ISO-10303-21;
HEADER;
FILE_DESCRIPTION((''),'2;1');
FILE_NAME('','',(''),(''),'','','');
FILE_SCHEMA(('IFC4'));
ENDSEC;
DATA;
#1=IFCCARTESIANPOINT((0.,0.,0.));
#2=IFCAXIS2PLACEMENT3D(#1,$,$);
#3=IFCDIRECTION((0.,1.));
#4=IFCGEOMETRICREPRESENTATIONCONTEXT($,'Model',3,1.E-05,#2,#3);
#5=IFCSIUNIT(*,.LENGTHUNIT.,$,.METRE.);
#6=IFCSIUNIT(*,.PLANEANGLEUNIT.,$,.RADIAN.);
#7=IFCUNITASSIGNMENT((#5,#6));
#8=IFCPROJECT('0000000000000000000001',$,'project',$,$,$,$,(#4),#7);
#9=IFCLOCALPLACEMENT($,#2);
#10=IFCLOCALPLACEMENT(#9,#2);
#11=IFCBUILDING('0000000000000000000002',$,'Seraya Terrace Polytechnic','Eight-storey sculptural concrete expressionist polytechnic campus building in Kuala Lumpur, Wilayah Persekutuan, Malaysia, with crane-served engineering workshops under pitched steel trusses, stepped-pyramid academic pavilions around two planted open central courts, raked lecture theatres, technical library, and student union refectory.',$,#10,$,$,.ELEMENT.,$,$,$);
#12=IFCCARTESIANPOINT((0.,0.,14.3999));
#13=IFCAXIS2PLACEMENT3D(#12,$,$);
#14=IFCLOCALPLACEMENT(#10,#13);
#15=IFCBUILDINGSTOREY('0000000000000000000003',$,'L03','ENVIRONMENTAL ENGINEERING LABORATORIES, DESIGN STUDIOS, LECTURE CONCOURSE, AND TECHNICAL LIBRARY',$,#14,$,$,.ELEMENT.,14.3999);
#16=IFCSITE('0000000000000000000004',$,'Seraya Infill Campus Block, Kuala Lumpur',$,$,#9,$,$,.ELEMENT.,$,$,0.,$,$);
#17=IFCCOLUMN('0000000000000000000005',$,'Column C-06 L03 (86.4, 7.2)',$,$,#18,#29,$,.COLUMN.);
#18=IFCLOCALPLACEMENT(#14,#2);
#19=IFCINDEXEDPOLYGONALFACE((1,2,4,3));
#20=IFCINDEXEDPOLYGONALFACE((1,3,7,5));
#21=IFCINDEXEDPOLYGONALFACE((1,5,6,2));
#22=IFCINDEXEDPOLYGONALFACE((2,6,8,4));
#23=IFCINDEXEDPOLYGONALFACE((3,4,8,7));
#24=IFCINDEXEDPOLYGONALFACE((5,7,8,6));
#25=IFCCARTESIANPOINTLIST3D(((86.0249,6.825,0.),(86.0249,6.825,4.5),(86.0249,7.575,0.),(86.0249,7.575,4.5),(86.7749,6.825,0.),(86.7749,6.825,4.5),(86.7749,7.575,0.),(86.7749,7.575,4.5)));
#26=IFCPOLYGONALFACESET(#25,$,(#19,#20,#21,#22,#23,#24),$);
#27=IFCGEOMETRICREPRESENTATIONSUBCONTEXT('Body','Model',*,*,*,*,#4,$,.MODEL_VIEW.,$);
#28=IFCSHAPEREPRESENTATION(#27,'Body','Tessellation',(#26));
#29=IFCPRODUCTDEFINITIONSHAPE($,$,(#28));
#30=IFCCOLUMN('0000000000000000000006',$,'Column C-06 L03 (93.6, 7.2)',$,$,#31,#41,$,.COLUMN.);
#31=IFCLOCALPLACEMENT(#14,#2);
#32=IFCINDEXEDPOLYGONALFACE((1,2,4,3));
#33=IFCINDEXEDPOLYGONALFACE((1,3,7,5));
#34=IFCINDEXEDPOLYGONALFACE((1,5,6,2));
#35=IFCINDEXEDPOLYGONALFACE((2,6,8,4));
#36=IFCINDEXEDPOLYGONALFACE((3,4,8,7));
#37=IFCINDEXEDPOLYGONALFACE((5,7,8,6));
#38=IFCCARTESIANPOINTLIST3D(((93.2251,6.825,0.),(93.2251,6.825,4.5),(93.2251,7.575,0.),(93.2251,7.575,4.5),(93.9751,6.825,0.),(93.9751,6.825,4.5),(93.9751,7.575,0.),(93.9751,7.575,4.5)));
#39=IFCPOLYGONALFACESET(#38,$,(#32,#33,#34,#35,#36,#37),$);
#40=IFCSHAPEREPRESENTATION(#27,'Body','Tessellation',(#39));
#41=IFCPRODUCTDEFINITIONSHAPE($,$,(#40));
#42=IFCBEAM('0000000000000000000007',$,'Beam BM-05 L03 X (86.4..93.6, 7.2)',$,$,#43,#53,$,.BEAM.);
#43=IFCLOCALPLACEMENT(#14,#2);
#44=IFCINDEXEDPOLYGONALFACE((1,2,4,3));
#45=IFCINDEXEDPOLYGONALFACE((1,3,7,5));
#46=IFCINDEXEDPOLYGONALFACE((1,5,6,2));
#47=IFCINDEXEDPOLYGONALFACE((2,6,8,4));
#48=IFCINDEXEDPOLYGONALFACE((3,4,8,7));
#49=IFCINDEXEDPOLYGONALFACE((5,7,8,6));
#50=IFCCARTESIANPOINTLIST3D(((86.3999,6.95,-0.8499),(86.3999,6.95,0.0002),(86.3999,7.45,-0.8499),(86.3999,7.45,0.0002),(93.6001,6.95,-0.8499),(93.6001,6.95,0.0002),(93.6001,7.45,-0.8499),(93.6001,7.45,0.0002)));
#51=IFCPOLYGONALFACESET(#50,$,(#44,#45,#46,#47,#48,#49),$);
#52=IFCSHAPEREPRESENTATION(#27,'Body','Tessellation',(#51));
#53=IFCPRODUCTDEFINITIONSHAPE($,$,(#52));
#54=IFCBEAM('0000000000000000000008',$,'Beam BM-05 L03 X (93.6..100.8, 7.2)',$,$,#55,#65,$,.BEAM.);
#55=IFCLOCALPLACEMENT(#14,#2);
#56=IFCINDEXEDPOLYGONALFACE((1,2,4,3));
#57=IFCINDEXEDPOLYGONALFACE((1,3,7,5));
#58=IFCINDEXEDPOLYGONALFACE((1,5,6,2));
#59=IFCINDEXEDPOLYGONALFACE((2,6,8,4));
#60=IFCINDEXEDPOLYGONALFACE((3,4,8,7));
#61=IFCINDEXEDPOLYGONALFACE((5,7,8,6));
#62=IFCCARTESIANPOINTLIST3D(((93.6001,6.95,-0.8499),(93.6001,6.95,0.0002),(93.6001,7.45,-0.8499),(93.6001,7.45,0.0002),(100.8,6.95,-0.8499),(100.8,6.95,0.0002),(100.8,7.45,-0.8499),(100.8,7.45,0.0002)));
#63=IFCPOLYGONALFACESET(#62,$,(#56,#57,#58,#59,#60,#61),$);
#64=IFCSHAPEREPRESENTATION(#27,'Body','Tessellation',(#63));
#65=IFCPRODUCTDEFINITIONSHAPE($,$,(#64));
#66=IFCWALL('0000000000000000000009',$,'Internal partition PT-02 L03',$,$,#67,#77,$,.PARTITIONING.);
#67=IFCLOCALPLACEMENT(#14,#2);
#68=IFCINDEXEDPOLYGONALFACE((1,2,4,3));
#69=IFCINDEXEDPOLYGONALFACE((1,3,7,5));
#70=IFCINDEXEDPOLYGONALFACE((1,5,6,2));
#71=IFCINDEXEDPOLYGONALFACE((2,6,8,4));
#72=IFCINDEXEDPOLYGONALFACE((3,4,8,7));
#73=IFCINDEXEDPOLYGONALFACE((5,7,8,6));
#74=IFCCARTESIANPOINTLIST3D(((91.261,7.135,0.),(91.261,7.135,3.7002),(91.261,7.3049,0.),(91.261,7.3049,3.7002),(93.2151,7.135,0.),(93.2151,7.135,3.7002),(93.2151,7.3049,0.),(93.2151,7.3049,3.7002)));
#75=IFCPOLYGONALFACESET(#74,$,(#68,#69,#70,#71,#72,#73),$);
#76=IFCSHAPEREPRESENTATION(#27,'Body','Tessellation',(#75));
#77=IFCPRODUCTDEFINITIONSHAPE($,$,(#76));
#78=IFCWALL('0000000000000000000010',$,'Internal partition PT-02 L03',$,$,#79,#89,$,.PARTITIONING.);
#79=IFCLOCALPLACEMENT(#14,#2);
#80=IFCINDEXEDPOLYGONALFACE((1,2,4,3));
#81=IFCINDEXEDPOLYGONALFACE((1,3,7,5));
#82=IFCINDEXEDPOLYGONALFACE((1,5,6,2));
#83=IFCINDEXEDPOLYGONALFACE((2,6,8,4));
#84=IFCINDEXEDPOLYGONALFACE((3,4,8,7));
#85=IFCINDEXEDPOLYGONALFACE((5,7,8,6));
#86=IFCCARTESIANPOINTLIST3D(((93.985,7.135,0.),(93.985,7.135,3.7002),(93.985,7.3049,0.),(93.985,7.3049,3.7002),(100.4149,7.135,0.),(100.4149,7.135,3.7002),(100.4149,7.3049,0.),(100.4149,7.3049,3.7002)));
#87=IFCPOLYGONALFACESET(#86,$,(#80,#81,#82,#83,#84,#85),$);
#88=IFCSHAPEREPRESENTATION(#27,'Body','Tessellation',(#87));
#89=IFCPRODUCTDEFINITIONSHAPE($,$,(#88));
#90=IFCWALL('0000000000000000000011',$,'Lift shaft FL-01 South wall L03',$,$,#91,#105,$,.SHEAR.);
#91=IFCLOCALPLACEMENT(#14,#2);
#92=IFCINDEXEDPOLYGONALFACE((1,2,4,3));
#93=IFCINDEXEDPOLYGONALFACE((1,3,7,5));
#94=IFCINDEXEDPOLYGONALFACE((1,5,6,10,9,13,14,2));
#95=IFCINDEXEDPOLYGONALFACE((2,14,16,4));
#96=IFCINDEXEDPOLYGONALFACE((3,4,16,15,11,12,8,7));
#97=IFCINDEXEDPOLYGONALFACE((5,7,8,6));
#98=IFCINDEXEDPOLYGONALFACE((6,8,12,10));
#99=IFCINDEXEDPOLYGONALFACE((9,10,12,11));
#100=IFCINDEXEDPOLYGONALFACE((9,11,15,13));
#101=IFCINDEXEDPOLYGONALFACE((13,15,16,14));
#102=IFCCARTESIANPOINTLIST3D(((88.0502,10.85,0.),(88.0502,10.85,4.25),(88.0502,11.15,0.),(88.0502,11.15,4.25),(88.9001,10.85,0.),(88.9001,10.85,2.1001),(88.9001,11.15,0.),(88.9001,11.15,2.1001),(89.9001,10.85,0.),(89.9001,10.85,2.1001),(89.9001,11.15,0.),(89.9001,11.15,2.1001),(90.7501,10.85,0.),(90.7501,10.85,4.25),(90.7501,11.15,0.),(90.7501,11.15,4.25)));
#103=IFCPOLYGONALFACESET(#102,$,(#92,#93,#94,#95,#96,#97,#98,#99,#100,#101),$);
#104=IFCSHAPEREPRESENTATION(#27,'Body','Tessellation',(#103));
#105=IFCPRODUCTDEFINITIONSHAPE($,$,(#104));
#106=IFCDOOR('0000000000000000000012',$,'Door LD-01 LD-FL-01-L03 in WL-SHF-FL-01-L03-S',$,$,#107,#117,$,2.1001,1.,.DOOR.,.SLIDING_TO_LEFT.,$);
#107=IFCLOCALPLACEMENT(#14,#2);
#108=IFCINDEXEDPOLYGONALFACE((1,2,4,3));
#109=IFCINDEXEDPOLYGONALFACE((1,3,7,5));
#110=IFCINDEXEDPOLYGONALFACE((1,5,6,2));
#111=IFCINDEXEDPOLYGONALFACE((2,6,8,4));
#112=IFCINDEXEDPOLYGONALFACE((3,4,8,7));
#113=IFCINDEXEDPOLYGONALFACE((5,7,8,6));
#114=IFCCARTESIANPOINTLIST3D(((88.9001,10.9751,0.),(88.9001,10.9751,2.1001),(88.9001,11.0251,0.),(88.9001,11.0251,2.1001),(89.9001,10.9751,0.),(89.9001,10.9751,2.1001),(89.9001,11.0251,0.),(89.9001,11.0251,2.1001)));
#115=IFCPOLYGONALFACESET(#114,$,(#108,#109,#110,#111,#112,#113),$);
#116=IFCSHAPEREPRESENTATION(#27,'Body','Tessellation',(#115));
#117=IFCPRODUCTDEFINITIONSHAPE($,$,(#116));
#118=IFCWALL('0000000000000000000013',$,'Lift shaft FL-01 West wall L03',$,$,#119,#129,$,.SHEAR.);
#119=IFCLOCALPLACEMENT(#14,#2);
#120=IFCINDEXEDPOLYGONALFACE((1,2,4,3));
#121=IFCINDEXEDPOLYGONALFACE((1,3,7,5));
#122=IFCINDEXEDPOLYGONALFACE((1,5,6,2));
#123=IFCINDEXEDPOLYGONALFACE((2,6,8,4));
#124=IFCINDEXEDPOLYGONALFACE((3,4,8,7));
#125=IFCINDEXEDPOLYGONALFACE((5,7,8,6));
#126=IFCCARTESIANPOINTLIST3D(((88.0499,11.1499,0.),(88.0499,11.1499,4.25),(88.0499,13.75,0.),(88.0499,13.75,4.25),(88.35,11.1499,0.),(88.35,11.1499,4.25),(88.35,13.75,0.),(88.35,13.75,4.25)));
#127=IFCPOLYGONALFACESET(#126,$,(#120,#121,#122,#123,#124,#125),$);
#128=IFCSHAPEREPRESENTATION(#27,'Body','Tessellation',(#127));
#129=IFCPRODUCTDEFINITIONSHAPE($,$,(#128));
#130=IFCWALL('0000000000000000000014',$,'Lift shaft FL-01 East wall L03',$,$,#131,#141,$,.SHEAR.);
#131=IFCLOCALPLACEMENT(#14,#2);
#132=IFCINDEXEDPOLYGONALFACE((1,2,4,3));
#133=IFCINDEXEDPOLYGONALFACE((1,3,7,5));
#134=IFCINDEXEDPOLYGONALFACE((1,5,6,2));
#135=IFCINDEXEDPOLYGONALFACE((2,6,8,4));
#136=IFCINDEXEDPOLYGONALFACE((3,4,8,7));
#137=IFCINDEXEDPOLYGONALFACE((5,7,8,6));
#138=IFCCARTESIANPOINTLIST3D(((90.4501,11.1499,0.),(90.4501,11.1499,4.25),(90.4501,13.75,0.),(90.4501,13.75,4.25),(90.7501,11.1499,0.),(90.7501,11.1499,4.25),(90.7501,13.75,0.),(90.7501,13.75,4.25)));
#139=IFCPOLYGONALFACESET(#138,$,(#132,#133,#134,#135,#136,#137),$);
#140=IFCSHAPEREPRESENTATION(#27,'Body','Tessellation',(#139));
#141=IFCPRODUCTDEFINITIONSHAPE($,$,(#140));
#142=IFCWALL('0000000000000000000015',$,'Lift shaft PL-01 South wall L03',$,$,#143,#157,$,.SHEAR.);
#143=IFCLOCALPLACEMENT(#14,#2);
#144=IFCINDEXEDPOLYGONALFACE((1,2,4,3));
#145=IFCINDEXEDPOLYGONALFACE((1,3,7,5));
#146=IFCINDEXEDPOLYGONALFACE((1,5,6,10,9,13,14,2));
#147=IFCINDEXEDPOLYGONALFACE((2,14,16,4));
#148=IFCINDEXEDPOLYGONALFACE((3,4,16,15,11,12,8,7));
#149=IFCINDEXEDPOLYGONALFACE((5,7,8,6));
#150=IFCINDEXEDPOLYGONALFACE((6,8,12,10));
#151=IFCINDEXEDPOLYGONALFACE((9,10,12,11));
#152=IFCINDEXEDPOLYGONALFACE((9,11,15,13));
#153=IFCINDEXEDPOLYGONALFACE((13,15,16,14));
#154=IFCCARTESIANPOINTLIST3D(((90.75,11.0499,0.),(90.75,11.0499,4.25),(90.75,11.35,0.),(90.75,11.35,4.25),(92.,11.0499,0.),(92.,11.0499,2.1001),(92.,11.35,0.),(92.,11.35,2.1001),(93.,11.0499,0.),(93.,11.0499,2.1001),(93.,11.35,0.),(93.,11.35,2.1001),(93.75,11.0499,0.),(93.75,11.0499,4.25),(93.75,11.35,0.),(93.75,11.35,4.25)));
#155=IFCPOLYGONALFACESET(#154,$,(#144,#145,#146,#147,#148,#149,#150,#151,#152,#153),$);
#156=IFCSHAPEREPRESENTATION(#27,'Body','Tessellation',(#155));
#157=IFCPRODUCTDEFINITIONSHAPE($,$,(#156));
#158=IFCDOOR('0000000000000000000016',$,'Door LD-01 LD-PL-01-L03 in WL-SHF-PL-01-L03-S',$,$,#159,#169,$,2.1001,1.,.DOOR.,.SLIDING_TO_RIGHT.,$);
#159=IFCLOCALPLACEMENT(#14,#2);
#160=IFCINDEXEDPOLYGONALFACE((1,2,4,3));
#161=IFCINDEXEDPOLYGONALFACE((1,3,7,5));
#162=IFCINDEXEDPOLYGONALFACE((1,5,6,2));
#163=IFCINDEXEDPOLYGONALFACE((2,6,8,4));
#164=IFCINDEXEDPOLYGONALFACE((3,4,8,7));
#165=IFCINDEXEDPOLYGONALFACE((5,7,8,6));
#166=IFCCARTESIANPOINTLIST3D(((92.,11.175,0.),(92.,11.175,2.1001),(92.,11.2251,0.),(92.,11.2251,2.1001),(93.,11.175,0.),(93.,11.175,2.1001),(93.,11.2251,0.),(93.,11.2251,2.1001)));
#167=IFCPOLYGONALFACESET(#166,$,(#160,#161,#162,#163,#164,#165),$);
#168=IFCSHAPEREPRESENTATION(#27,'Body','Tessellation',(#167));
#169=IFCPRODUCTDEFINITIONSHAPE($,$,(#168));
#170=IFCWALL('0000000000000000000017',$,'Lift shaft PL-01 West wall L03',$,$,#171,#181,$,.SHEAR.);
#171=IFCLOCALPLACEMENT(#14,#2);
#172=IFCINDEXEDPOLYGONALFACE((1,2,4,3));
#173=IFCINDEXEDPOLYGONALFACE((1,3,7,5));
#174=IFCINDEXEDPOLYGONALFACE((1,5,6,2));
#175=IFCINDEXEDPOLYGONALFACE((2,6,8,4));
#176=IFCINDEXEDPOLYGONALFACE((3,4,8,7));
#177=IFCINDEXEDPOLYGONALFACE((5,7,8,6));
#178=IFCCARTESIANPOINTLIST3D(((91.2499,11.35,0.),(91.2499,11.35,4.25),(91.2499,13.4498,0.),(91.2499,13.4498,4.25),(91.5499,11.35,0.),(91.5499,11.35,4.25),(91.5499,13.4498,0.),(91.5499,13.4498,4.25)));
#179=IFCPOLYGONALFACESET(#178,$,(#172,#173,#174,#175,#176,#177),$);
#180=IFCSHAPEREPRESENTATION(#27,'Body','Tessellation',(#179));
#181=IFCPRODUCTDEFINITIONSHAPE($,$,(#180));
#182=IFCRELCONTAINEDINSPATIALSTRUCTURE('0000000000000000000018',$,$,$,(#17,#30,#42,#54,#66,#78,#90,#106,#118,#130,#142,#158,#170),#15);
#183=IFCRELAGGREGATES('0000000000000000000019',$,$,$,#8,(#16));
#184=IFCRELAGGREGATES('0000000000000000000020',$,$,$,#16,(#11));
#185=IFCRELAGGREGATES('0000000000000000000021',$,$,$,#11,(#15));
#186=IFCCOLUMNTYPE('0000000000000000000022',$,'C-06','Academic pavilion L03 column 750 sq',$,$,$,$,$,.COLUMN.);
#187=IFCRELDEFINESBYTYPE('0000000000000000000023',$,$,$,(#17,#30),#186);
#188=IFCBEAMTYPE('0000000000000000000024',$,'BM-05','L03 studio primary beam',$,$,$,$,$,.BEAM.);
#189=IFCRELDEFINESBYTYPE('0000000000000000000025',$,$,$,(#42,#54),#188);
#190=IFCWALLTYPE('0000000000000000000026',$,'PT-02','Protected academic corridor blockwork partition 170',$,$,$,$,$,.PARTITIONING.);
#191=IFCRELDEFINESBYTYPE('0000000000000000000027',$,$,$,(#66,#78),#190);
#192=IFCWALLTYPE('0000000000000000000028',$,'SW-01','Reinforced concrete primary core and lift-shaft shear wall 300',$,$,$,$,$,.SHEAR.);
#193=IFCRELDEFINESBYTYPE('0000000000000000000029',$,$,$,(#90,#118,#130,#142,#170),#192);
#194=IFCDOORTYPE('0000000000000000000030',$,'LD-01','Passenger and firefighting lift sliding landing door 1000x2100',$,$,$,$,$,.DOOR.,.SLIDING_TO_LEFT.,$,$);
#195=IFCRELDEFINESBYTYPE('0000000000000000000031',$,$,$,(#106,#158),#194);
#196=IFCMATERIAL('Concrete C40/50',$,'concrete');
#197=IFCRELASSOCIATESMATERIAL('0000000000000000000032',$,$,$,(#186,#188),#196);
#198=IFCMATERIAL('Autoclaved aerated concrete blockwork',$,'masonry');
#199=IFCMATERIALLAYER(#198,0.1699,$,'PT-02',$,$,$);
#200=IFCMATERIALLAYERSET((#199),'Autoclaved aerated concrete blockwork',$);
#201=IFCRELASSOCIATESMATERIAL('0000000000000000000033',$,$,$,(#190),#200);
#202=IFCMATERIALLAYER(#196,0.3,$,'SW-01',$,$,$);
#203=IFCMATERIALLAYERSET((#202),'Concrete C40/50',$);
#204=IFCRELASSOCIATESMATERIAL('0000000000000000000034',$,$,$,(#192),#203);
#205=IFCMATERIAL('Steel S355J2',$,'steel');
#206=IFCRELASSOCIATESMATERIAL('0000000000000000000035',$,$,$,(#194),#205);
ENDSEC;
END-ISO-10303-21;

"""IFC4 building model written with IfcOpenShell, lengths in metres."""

from ifc_helpers import new_model, si_unit, direction, frame, frame_2d, origin, origin_2d, place, context, subcontext, project, spatial, rectangle, extrude, material, layer, layer_set, material_profile, profile_set, type_object, element, fill, save


model = new_model("IFC4")

# Units and contexts
model_context = context("Model", 3, precision=1e-05, world=origin(), true_north=direction((0.0, 1.0)))
body_context = subcontext(model_context, "Body", "Model", "MODEL_VIEW")
ifc_project = project(units=[si_unit("LENGTHUNIT", "METRE"), si_unit("PLANEANGLEUNIT", "RADIAN")], contexts=[model_context])

# Site, building, storey
site_placement = place(None, origin())
site = spatial("IfcSite", under=ifc_project, at=site_placement, Name="Seraya Infill Campus Block, Kuala Lumpur", CompositionType="ELEMENT", RefElevation=0.0)
building_placement = place(site_placement, origin())
building = spatial("IfcBuilding", under=site, at=building_placement, Name="Seraya Terrace Polytechnic", Description="Eight-storey sculptural concrete expressionist polytechnic campus building in Kuala Lumpur, Wilayah Persekutuan, Malaysia, with crane-served engineering workshops under pitched steel trusses, stepped-pyramid academic pavilions around two planted open central courts, raked lecture theatres, technical library, and student union refectory.", CompositionType="ELEMENT")
storey_placement = place(building_placement, frame((0.0, 0.0, 14.3999)))
storey = spatial("IfcBuildingStorey", under=building, at=storey_placement, Name="L03", Description="ENVIRONMENTAL ENGINEERING LABORATORIES, DESIGN STUDIOS, LECTURE CONCOURSE, AND TECHNICAL LIBRARY", CompositionType="ELEMENT", Elevation=14.3999)

# Columns
ifc_material_1 = material(Name="Concrete C40/50", Category="concrete")
ifc_material_profile_1 = material_profile(ifc_material_1, rectangle(XDim=0.75, YDim=0.75, at=origin_2d()), Name="RC 750x750")
ifc_profile_set_1 = profile_set([ifc_material_profile_1], Name="Concrete C40/50")
column_type = type_object("IfcColumnType", Name="C-06", Description="Academic pavilion L03 column 750 sq", PredefinedType="COLUMN", material=ifc_profile_set_1)
for number, where, z_axis, x_axis, name in (
    (1, (86.3999, 7.2, 0.0), (0.0, 0.0, 1.0), (1.0, 0.0, 0.0), "Column C-06 L03 (86.4, 7.2)"),
    (2, (93.6001, 7.2, 0.0), (0.0, 0.0, 1.0), (1.0, 0.0, 0.0), "Column C-06 L03 (93.6, 7.2)"),
):
    element("IfcColumn", number, at=place(storey_placement, frame(where, z_axis=z_axis, x_axis=x_axis)), inside=storey, type_object=column_type, Name=name, PredefinedType="COLUMN", context=body_context, shape_type="SweptSolid", body=[
        extrude(rectangle(XDim=0.75, YDim=0.75, at=origin_2d()), origin(), (0.0, 0.0, 1.0), 4.5),
    ])

# Beams
ifc_material_profile_2 = material_profile(ifc_material_1, rectangle(XDim=0.5, YDim=0.8501, at=origin_2d()), Name="RC 500x850")
ifc_profile_set_2 = profile_set([ifc_material_profile_2], Name="Concrete C40/50")
beam_type = type_object("IfcBeamType", Name="BM-05", Description="L03 studio primary beam", PredefinedType="BEAM", material=ifc_profile_set_2)
beam_1_placement = place(storey_placement, frame((86.3999, 7.2, -0.4248), z_axis=(1.0, 0.0, 0.0), x_axis=(0.0, 1.0, 0.0)))
element("IfcBeam", 3, at=beam_1_placement, inside=storey, type_object=beam_type, Name="Beam BM-05 L03 X (86.4..93.6, 7.2)", PredefinedType="BEAM", context=body_context, shape_type="SweptSolid", body=[
    extrude(rectangle(XDim=0.5, YDim=0.8501, at=origin_2d()), origin(), (0.0, 0.0, 1.0), 7.2002),
])
beam_2_placement = place(storey_placement, frame((93.6001, 7.2, -0.4248), z_axis=(1.0, 0.0, 0.0), x_axis=(0.0, 1.0, 0.0)))
element("IfcBeam", 4, at=beam_2_placement, inside=storey, type_object=beam_type, Name="Beam BM-05 L03 X (93.6..100.8, 7.2)", PredefinedType="BEAM", context=body_context, shape_type="SweptSolid", body=[
    extrude(rectangle(XDim=0.5, YDim=0.8501, at=origin_2d()), origin(), (0.0, 0.0, 1.0), 7.2),
])

# Walls
ifc_material_2 = material(Name="Autoclaved aerated concrete blockwork", Category="masonry")
ifc_layer_1 = layer(ifc_material_2, 0.1699, Name="PT-02")
ifc_layer_set_1 = layer_set([ifc_layer_1], Name="Autoclaved aerated concrete blockwork")
wall_type_1 = type_object("IfcWallType", Name="PT-02", Description="Protected academic corridor blockwork partition 170", PredefinedType="PARTITIONING", material=ifc_layer_set_1)
wall_1_placement = place(storey_placement, frame((91.261, 7.22, 0.0), z_axis=(0.0, 0.0, 1.0), x_axis=(1.0, 0.0, 0.0)))
element("IfcWall", 5, at=wall_1_placement, inside=storey, type_object=wall_type_1, Name="Internal partition PT-02 L03", PredefinedType="PARTITIONING", context=body_context, shape_type="SweptSolid", body=[
    extrude(rectangle(XDim=1.9541, YDim=0.1699, at=frame_2d((0.9771, 0.0))), origin(), (0.0, 0.0, 1.0), 3.7002),
])
wall_2_placement = place(storey_placement, frame((93.9851, 7.22, 0.0), z_axis=(0.0, 0.0, 1.0), x_axis=(1.0, 0.0, 0.0)))
element("IfcWall", 6, at=wall_2_placement, inside=storey, type_object=wall_type_1, Name="Internal partition PT-02 L03", PredefinedType="PARTITIONING", context=body_context, shape_type="SweptSolid", body=[
    extrude(rectangle(XDim=6.4299, YDim=0.1699, at=frame_2d((3.2148, 0.0))), origin(), (0.0, 0.0, 1.0), 3.7002),
])

# Wall, opening, door
ifc_layer_2 = layer(ifc_material_1, 0.3, Name="SW-01")
ifc_layer_set_2 = layer_set([ifc_layer_2], Name="Concrete C40/50")
wall_type_2 = type_object("IfcWallType", Name="SW-01", Description="Reinforced concrete primary core and lift-shaft shear wall 300", PredefinedType="SHEAR", material=ifc_layer_set_2)
wall_3_placement = place(storey_placement, frame((88.05, 11.0, 0.0), z_axis=(0.0, 0.0, 1.0), x_axis=(1.0, 0.0, 0.0)))
wall_3 = element("IfcWall", 7, at=wall_3_placement, inside=storey, type_object=wall_type_2, Name="Lift shaft FL-01 South wall L03", PredefinedType="SHEAR", context=body_context, shape_type="SweptSolid", body=[
    extrude(rectangle(XDim=2.7, YDim=0.3, at=frame_2d((1.3501, 0.0))), origin(), (0.0, 0.0, 1.0), 4.25),
])
opening_1_placement = place(wall_3_placement, frame((0.8501, 0.0, 0.0)))
opening_1 = element("IfcOpeningElement", 8, at=opening_1_placement, cuts=wall_3, PredefinedType="OPENING", context=body_context, shape_type="SweptSolid", body=[
    extrude(rectangle(XDim=1.0, YDim=2.1001, at=frame_2d((0.5, 1.05))), frame((0.0, 0.1621, 0.0), z_axis=(0.0, -1.0, 0.0), x_axis=(1.0, 0.0, 0.0)), (0.0, 0.0, 1.0), 0.324),
])
ifc_material_3 = material(Name="Steel S355J2", Category="steel")
door_type_1 = type_object("IfcDoorType", Name="LD-01", Description="Passenger and firefighting lift sliding landing door 1000x2100", OperationType="SLIDING_TO_LEFT", PredefinedType="DOOR", material=ifc_material_3)
door_1_placement = place(opening_1_placement, frame((1.0, 0.0, 0.0), z_axis=(0.0, 0.0, 1.0), x_axis=(-1.0, 0.0, 0.0)))
door_1 = element("IfcDoor", 9, at=door_1_placement, inside=storey, type_object=door_type_1, Name="Door LD-01 LD-FL-01-L03 in WL-SHF-FL-01-L03-S", OperationType="SLIDING_TO_LEFT", OverallHeight=2.1001, OverallWidth=1.0, PredefinedType="DOOR", context=body_context, shape_type="SweptSolid", body=[
    extrude(rectangle(XDim=1.0, YDim=2.1001, at=frame_2d((0.5, 1.05))), frame((0.0, 0.0249, 0.0), z_axis=(0.0, -1.0, 0.0), x_axis=(1.0, 0.0, 0.0)), (0.0, 0.0, 1.0), 0.05),
])
fill(opening_1, door_1)

# Walls
for number, where, z_axis, x_axis, name in (
    (10, (88.2, 11.1499, 0.0), (0.0, 0.0, 1.0), (0.0, 1.0, 0.0), "Lift shaft FL-01 West wall L03"),
    (11, (90.6001, 11.1499, 0.0), (0.0, 0.0, 1.0), (0.0, 1.0, 0.0), "Lift shaft FL-01 East wall L03"),
):
    element("IfcWall", number, at=place(storey_placement, frame(where, z_axis=z_axis, x_axis=x_axis)), inside=storey, type_object=wall_type_2, Name=name, PredefinedType="SHEAR", context=body_context, shape_type="SweptSolid", body=[
        extrude(rectangle(XDim=2.6001, YDim=0.3, at=frame_2d((1.3, 0.0))), origin(), (0.0, 0.0, 1.0), 4.25),
    ])

# Wall, opening, door
wall_4_placement = place(storey_placement, frame((90.75, 11.2, 0.0), z_axis=(0.0, 0.0, 1.0), x_axis=(1.0, 0.0, 0.0)))
wall_4 = element("IfcWall", 12, at=wall_4_placement, inside=storey, type_object=wall_type_2, Name="Lift shaft PL-01 South wall L03", PredefinedType="SHEAR", context=body_context, shape_type="SweptSolid", body=[
    extrude(rectangle(XDim=3.0, YDim=0.3, at=frame_2d((1.5, 0.0))), origin(), (0.0, 0.0, 1.0), 4.25),
])
opening_2_placement = place(wall_4_placement, frame((1.25, 0.0, 0.0)))
opening_2 = element("IfcOpeningElement", 13, at=opening_2_placement, cuts=wall_4, PredefinedType="OPENING", context=body_context, shape_type="SweptSolid", body=[
    extrude(rectangle(XDim=1.0, YDim=2.1001, at=frame_2d((0.5, 1.05))), frame((0.0, 0.1621, 0.0), z_axis=(0.0, -1.0, 0.0), x_axis=(1.0, 0.0, 0.0)), (0.0, 0.0, 1.0), 0.324),
])
door_2_placement = place(opening_2_placement, frame((1.0, 0.0, 0.0), z_axis=(0.0, 0.0, 1.0), x_axis=(-1.0, 0.0, 0.0)))
door_2 = element("IfcDoor", 14, at=door_2_placement, inside=storey, type_object=door_type_1, Name="Door LD-01 LD-PL-01-L03 in WL-SHF-PL-01-L03-S", OperationType="SLIDING_TO_RIGHT", OverallHeight=2.1001, OverallWidth=1.0, PredefinedType="DOOR", context=body_context, shape_type="SweptSolid", body=[
    extrude(rectangle(XDim=1.0, YDim=2.1001, at=frame_2d((0.5, 1.05))), frame((0.0, 0.0249, 0.0), z_axis=(0.0, -1.0, 0.0), x_axis=(1.0, 0.0, 0.0)), (0.0, 0.0, 1.0), 0.05),
])
fill(opening_2, door_2)

# Wall
for number, where, z_axis, x_axis, name in (
    (15, (91.3999, 11.3501, 0.0), (0.0, 0.0, 1.0), (0.0, 1.0, 0.0), "Lift shaft PL-01 West wall L03"),
):
    element("IfcWall", number, at=place(storey_placement, frame(where, z_axis=z_axis, x_axis=x_axis)), inside=storey, type_object=wall_type_2, Name=name, PredefinedType="SHEAR", context=body_context, shape_type="SweptSolid", body=[
        extrude(rectangle(XDim=2.0999, YDim=0.3, at=frame_2d((1.0498, 0.0))), origin(), (0.0, 0.0, 1.0), 4.25),
    ])

save(model, "model.ifc")
